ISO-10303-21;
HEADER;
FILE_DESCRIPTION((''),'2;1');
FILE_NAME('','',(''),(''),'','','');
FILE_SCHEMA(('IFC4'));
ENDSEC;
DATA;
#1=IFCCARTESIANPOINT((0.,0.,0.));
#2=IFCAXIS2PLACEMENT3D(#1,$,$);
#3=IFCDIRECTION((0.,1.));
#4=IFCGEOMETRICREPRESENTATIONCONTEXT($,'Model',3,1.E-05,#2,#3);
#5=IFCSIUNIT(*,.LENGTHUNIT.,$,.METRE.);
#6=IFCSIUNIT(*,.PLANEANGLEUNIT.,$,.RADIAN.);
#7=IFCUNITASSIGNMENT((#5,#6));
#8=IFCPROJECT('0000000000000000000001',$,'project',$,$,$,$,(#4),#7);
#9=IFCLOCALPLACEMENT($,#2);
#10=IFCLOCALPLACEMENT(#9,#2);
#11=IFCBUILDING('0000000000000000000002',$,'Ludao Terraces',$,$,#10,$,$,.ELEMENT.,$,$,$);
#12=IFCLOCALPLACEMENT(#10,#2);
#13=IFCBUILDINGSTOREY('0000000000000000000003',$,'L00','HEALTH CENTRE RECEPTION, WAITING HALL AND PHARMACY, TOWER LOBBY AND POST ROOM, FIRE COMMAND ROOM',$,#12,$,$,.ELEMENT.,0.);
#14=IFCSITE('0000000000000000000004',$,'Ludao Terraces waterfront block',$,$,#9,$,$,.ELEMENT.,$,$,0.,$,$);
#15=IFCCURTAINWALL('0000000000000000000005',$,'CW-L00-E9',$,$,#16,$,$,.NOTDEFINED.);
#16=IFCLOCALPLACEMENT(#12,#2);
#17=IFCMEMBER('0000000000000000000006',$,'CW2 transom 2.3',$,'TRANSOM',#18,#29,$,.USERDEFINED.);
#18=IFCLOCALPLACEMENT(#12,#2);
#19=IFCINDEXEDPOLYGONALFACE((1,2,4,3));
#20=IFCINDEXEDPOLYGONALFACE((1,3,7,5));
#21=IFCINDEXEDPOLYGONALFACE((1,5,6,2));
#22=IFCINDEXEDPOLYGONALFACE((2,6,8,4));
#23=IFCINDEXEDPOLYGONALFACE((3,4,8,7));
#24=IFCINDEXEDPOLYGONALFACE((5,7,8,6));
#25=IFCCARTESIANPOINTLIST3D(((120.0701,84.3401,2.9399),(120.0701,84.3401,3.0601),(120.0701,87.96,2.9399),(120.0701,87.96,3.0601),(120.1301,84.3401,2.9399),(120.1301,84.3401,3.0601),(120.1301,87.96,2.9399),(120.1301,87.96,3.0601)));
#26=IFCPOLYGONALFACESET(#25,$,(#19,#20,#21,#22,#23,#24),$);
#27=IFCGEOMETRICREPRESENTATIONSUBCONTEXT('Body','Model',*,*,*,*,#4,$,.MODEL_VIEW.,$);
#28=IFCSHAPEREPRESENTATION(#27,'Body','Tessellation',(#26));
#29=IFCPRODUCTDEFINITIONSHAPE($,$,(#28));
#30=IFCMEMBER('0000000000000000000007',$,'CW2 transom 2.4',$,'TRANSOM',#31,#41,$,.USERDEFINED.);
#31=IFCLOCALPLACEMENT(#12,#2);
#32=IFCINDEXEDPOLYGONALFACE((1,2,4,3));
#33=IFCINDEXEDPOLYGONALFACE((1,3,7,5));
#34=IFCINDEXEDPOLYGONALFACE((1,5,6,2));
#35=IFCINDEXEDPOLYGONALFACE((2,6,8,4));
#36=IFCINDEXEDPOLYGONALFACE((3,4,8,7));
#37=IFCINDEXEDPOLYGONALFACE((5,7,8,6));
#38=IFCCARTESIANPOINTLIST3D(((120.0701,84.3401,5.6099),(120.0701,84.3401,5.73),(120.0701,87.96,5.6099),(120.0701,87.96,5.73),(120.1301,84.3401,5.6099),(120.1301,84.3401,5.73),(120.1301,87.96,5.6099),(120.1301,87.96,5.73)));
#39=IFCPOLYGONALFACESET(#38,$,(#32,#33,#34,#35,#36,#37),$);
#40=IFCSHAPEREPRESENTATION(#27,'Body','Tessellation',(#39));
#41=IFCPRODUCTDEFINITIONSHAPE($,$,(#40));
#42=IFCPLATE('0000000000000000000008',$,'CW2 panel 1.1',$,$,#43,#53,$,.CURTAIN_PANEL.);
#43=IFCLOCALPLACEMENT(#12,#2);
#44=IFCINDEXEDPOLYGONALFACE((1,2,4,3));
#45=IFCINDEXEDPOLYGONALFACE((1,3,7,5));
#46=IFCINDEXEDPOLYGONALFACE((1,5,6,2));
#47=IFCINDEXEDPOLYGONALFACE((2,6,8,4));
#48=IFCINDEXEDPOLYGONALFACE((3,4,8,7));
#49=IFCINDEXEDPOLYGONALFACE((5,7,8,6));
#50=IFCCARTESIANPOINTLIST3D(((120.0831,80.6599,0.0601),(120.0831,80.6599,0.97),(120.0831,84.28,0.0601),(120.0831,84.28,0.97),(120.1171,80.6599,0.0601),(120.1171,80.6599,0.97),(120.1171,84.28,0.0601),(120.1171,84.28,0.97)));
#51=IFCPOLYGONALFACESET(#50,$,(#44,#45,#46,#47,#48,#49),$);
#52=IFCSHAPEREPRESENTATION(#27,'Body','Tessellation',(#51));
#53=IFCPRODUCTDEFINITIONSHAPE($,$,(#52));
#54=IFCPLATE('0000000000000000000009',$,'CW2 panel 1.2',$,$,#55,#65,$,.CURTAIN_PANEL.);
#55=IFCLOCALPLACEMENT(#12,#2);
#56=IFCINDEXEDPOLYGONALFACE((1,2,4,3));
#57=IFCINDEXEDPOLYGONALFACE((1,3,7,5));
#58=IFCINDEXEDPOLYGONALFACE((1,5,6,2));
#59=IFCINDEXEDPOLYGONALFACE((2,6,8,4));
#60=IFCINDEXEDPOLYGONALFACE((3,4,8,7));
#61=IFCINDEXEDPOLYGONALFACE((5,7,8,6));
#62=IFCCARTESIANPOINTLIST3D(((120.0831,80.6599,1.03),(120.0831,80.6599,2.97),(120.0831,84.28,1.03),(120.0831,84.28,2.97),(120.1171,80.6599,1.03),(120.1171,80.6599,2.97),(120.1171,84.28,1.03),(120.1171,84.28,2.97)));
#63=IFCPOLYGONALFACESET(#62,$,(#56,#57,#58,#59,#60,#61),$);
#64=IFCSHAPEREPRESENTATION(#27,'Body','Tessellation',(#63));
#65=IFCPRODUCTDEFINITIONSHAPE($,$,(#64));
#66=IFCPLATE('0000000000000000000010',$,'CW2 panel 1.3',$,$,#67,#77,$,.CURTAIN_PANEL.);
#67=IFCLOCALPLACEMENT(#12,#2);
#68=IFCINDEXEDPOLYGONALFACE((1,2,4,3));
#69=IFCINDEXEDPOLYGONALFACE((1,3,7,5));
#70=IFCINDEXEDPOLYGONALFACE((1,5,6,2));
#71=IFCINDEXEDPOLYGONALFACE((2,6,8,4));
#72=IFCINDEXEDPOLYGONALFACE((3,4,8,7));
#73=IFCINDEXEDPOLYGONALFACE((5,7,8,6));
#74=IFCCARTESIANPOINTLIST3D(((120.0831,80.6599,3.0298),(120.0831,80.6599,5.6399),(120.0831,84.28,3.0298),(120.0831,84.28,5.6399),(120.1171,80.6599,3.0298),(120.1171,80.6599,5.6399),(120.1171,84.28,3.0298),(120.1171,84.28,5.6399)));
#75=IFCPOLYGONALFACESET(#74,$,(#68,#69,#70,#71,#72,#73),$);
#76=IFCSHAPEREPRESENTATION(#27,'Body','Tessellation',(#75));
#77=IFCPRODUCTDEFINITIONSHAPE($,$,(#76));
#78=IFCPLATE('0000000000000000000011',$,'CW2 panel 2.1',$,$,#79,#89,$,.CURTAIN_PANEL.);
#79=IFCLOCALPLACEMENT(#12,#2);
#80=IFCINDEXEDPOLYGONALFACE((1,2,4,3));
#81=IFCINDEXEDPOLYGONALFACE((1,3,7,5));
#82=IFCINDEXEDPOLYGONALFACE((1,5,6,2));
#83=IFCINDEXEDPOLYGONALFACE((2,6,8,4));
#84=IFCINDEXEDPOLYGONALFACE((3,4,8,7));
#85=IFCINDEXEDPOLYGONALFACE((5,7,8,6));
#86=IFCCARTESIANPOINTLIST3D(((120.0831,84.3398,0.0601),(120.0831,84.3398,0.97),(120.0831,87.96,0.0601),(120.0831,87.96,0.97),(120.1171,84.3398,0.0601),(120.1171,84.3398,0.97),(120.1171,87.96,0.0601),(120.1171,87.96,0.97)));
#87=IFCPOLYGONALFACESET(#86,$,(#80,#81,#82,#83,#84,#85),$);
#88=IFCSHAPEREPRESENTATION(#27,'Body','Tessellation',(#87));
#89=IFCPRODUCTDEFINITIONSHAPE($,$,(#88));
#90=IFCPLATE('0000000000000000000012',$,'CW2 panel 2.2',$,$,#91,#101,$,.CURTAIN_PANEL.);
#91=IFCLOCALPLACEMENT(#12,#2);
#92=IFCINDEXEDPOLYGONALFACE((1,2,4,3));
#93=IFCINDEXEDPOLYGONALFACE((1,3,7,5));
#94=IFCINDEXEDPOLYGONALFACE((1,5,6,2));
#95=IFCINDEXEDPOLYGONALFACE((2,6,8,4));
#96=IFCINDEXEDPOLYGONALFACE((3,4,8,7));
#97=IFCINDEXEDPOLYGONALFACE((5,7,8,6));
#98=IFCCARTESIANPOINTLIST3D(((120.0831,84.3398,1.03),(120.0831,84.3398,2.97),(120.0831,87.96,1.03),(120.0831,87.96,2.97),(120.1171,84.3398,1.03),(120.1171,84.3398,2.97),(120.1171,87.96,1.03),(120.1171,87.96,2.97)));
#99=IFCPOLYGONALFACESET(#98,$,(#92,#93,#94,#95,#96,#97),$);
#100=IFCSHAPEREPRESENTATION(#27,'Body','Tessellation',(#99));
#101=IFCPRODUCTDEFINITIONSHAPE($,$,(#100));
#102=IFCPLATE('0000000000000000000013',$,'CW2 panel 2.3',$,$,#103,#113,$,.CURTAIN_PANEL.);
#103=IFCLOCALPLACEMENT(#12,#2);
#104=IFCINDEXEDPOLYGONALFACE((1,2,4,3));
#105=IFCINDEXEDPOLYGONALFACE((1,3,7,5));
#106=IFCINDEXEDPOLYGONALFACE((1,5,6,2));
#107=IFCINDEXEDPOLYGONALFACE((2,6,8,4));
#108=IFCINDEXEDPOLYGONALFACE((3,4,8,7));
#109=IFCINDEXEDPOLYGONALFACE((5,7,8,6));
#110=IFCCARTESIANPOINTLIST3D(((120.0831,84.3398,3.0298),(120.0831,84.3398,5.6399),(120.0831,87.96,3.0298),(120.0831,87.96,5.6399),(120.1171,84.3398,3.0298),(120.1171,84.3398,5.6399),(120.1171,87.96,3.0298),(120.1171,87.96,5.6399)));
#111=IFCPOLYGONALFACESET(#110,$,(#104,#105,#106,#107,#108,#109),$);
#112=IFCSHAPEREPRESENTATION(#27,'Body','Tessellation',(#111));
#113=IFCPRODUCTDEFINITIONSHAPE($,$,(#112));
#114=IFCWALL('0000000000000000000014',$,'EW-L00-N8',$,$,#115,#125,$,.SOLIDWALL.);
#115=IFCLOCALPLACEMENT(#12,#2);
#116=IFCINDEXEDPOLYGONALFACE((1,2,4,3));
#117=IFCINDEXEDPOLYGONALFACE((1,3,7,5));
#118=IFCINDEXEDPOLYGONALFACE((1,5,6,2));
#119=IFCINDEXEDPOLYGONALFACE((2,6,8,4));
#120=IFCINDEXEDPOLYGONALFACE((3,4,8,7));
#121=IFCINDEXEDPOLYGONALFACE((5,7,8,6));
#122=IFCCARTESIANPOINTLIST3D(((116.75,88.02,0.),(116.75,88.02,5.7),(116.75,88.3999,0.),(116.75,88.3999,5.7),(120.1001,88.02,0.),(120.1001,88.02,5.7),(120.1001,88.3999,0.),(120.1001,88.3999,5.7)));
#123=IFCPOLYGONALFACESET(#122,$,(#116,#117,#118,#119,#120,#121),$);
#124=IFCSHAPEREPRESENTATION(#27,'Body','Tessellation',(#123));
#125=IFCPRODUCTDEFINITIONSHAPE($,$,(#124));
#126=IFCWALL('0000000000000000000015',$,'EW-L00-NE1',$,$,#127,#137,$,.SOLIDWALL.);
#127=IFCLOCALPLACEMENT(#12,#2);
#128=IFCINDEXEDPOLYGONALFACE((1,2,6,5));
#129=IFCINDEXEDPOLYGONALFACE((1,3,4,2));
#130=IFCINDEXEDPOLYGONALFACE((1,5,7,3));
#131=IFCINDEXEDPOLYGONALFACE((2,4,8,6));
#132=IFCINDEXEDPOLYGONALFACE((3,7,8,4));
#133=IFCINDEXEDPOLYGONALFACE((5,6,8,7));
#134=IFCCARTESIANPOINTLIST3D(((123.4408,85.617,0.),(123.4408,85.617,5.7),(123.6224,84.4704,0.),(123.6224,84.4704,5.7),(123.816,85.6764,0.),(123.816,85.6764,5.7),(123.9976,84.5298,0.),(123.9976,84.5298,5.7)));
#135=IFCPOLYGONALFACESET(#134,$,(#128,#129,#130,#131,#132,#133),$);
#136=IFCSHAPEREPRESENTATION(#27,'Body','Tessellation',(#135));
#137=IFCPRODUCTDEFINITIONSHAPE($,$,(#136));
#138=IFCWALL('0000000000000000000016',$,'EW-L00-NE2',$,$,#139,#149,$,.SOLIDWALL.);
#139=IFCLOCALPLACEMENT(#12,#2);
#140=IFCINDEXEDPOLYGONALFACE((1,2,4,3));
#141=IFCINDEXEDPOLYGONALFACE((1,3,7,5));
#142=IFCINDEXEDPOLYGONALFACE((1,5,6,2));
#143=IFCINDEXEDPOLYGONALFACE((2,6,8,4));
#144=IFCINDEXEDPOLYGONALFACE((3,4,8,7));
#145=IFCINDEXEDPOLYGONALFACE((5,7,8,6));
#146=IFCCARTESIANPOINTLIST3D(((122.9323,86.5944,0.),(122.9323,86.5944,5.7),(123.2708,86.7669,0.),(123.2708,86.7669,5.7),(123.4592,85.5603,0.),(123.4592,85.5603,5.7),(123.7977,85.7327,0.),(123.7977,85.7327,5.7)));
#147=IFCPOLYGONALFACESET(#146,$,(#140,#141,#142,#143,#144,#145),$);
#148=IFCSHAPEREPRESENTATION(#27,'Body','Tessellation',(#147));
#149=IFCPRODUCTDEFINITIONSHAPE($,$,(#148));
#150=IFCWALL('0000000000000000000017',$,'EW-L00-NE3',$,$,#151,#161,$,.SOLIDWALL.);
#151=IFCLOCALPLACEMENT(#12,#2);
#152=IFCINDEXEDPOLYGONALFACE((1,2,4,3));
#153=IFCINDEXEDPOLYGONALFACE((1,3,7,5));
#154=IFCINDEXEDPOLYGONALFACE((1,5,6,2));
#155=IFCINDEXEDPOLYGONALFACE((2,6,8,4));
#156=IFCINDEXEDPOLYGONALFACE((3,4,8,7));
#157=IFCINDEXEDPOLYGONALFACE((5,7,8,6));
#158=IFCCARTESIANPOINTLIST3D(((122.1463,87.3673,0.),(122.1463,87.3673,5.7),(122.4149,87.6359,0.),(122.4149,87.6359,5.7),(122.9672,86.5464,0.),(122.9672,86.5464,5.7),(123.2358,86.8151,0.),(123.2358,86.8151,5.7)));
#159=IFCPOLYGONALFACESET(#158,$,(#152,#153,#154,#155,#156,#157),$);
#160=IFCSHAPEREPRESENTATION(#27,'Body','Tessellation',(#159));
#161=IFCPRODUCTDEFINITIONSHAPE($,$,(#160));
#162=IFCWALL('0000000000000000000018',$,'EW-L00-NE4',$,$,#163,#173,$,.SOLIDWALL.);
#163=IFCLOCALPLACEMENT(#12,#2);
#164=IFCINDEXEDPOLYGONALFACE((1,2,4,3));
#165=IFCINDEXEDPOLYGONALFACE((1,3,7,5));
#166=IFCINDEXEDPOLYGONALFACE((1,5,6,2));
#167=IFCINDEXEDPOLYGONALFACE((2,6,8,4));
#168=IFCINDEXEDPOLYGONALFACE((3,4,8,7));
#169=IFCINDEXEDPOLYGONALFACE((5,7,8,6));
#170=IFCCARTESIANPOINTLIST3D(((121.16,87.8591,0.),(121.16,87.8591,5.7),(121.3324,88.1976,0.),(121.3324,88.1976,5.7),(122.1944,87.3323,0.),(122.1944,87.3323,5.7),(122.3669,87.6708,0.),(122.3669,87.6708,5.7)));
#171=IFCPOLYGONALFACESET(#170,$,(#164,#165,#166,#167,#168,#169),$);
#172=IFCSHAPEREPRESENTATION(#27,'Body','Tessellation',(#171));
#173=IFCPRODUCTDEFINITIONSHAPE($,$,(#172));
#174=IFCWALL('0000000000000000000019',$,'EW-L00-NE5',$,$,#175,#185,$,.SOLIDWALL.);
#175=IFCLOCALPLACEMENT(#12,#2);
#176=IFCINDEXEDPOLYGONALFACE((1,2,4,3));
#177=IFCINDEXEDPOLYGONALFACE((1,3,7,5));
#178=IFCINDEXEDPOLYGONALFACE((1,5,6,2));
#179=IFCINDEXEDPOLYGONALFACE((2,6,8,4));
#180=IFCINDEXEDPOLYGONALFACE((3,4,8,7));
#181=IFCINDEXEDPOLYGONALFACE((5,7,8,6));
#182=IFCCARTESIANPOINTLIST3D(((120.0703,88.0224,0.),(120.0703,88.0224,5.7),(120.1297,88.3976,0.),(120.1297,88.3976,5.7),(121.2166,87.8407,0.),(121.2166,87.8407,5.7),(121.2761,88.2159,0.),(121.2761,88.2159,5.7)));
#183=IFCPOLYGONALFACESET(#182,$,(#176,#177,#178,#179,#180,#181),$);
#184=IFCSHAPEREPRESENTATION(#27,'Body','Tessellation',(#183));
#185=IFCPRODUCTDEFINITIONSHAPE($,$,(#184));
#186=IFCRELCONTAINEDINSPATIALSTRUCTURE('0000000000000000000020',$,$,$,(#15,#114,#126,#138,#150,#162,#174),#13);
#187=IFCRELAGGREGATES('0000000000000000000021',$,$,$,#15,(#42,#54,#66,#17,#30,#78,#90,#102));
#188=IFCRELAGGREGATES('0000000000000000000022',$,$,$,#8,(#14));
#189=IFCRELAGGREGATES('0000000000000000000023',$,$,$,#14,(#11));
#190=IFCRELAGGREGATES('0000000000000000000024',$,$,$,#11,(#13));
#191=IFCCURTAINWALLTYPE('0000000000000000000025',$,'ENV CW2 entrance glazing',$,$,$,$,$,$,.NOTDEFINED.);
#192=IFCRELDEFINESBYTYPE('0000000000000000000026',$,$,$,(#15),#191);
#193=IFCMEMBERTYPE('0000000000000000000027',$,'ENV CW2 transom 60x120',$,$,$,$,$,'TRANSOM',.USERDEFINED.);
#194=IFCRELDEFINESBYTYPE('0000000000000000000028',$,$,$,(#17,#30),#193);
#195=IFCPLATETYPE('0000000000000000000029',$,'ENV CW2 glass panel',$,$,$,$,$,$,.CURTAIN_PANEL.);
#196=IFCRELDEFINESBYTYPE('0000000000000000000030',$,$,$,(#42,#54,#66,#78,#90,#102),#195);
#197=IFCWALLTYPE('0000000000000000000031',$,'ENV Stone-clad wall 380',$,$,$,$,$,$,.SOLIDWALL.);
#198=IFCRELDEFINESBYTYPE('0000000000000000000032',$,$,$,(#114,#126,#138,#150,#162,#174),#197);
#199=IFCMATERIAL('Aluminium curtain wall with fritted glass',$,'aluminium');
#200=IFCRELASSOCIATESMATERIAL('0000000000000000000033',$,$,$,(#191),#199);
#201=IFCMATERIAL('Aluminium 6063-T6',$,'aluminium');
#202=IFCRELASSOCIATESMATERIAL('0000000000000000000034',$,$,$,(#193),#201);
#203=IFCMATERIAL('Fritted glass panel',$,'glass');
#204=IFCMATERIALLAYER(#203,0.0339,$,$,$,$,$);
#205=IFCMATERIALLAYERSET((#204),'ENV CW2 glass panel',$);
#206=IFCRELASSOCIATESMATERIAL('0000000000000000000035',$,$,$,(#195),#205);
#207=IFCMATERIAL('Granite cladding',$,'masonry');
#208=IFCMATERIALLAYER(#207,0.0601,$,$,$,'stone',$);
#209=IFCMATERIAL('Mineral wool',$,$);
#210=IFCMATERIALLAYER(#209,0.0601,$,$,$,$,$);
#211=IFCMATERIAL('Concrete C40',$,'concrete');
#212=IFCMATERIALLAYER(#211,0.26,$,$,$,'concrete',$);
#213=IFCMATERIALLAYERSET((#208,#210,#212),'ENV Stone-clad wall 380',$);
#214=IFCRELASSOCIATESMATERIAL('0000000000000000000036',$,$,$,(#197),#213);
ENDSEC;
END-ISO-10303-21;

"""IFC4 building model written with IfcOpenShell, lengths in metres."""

from ifc_helpers import new_model, si_unit, direction, frame, frame_2d, origin, origin_2d, place, context, subcontext, project, spatial, rectangle, extrude, material, layer, layer_set, material_profile, profile_set, type_object, element, aggregate, save


model = new_model("IFC4")

# Units and contexts
model_context = context("Model", 3, precision=1e-05, world=origin(), true_north=direction((0.0, 1.0)))
body_context = subcontext(model_context, "Body", "Model", "MODEL_VIEW")
ifc_project = project(units=[si_unit("LENGTHUNIT", "METRE"), si_unit("PLANEANGLEUNIT", "RADIAN")], contexts=[model_context])

# Site, building, storey
site_placement = place(None, origin())
site = spatial("IfcSite", under=ifc_project, at=site_placement, Name="Ludao Terraces waterfront block", CompositionType="ELEMENT", RefElevation=0.0)
building_placement = place(site_placement, origin())
building = spatial("IfcBuilding", under=site, at=building_placement, Name="Ludao Terraces", CompositionType="ELEMENT")
storey_placement = place(building_placement, origin())
storey = spatial("IfcBuildingStorey", under=building, at=storey_placement, Name="L00", Description="HEALTH CENTRE RECEPTION, WAITING HALL AND PHARMACY, TOWER LOBBY AND POST ROOM, FIRE COMMAND ROOM", CompositionType="ELEMENT", Elevation=0.0)

# Curtain wall, members, plates
ifc_material_1 = material(Name="Aluminium curtain wall with fritted glass", Category="aluminium")
curtain_wall_type = type_object("IfcCurtainWallType", Name="ENV CW2 entrance glazing", PredefinedType="NOTDEFINED", material=ifc_material_1)
curtain_wall_placement = place(storey_placement, origin())
curtain_wall = element("IfcCurtainWall", 1, at=curtain_wall_placement, inside=storey, type_object=curtain_wall_type, Name="CW-L00-E9", PredefinedType="NOTDEFINED")
ifc_material_2 = material(Name="Aluminium 6063-T6", Category="aluminium")
ifc_material_profile_1 = material_profile(ifc_material_2, rectangle(XDim=0.0601, YDim=0.1201, at=origin_2d()), Name="60 X 120")
ifc_profile_set_1 = profile_set([ifc_material_profile_1], Name="Aluminium 6063-T6")
member_type_1 = type_object("IfcMemberType", Name="ENV CW2 transom 60x120", ElementType="TRANSOM", PredefinedType="USERDEFINED", material=ifc_profile_set_1)
member_1_placement = place(storey_placement, frame((120.1001, 84.3401, 3.0), z_axis=(0.0, 1.0, 0.0), x_axis=(-1.0, 0.0, 0.0)))
member_1 = element("IfcMember", 2, at=member_1_placement, type_object=member_type_1, Name="CW2 transom 2.3", ObjectType="TRANSOM", PredefinedType="USERDEFINED", context=body_context, shape_type="SweptSolid", body=[
    extrude(rectangle(XDim=0.0601, YDim=0.1201, at=origin_2d()), origin(), (0.0, 0.0, 1.0), 3.6199),
])
member_2_placement = place(storey_placement, frame((120.1001, 84.3401, 5.6699), z_axis=(0.0, 1.0, 0.0), x_axis=(-1.0, 0.0, 0.0)))
member_2 = element("IfcMember", 3, at=member_2_placement, type_object=member_type_1, Name="CW2 transom 2.4", ObjectType="TRANSOM", PredefinedType="USERDEFINED", context=body_context, shape_type="SweptSolid", body=[
    extrude(rectangle(XDim=0.0601, YDim=0.1201, at=origin_2d()), origin(), (0.0, 0.0, 1.0), 3.6199),
])
ifc_material_3 = material(Name="Fritted glass panel", Category="glass")
ifc_layer_1 = layer(ifc_material_3, 0.0339)
ifc_layer_set_1 = layer_set([ifc_layer_1], Name="ENV CW2 glass panel")
plate_type = type_object("IfcPlateType", Name="ENV CW2 glass panel", PredefinedType="CURTAIN_PANEL", material=ifc_layer_set_1)
plate_1_placement = place(storey_placement, frame((120.1001, 82.47, 0.0601), z_axis=(0.0, 0.0, 1.0), x_axis=(0.0, 1.0, 0.0)))
plate_1 = element("IfcPlate", 4, at=plate_1_placement, type_object=plate_type, Name="CW2 panel 1.1", PredefinedType="CURTAIN_PANEL", context=body_context, shape_type="SweptSolid", body=[
    extrude(rectangle(XDim=3.6201, YDim=0.0339, at=origin_2d()), origin(), (0.0, 0.0, 1.0), 0.9099),
])
plate_2_placement = place(storey_placement, frame((120.1001, 82.47, 1.03), z_axis=(0.0, 0.0, 1.0), x_axis=(0.0, 1.0, 0.0)))
plate_2 = element("IfcPlate", 5, at=plate_2_placement, type_object=plate_type, Name="CW2 panel 1.2", PredefinedType="CURTAIN_PANEL", context=body_context, shape_type="SweptSolid", body=[
    extrude(rectangle(XDim=3.6201, YDim=0.0339, at=origin_2d()), origin(), (0.0, 0.0, 1.0), 1.9399),
])
plate_3_placement = place(storey_placement, frame((120.1001, 82.47, 3.0298), z_axis=(0.0, 0.0, 1.0), x_axis=(0.0, 1.0, 0.0)))
plate_3 = element("IfcPlate", 6, at=plate_3_placement, type_object=plate_type, Name="CW2 panel 1.3", PredefinedType="CURTAIN_PANEL", context=body_context, shape_type="SweptSolid", body=[
    extrude(rectangle(XDim=3.6201, YDim=0.0339, at=origin_2d()), origin(), (0.0, 0.0, 1.0), 2.6101),
])
plate_4_placement = place(storey_placement, frame((120.1001, 86.1499, 0.0601), z_axis=(0.0, 0.0, 1.0), x_axis=(0.0, 1.0, 0.0)))
plate_4 = element("IfcPlate", 7, at=plate_4_placement, type_object=plate_type, Name="CW2 panel 2.1", PredefinedType="CURTAIN_PANEL", context=body_context, shape_type="SweptSolid", body=[
    extrude(rectangle(XDim=3.6201, YDim=0.0339, at=origin_2d()), origin(), (0.0, 0.0, 1.0), 0.9099),
])
plate_5_placement = place(storey_placement, frame((120.1001, 86.1499, 1.03), z_axis=(0.0, 0.0, 1.0), x_axis=(0.0, 1.0, 0.0)))
plate_5 = element("IfcPlate", 8, at=plate_5_placement, type_object=plate_type, Name="CW2 panel 2.2", PredefinedType="CURTAIN_PANEL", context=body_context, shape_type="SweptSolid", body=[
    extrude(rectangle(XDim=3.6201, YDim=0.0339, at=origin_2d()), origin(), (0.0, 0.0, 1.0), 1.9399),
])
plate_6_placement = place(storey_placement, frame((120.1001, 86.1499, 3.0298), z_axis=(0.0, 0.0, 1.0), x_axis=(0.0, 1.0, 0.0)))
plate_6 = element("IfcPlate", 9, at=plate_6_placement, type_object=plate_type, Name="CW2 panel 2.3", PredefinedType="CURTAIN_PANEL", context=body_context, shape_type="SweptSolid", body=[
    extrude(rectangle(XDim=3.6201, YDim=0.0339, at=origin_2d()), origin(), (0.0, 0.0, 1.0), 2.6101),
])
aggregate(curtain_wall, [plate_1, plate_2, plate_3, member_1, member_2, plate_4, plate_5, plate_6])

# Walls
ifc_material_4 = material(Name="Granite cladding", Category="masonry")
ifc_layer_2 = layer(ifc_material_4, 0.0601, Category="stone")
ifc_material_5 = material(Name="Mineral wool")
ifc_layer_3 = layer(ifc_material_5, 0.0601)
ifc_material_6 = material(Name="Concrete C40", Category="concrete")
ifc_layer_4 = layer(ifc_material_6, 0.26, Category="concrete")
ifc_layer_set_2 = layer_set([ifc_layer_2, ifc_layer_3, ifc_layer_4], Name="ENV Stone-clad wall 380")
wall_type_1 = type_object("IfcWallType", Name="ENV Stone-clad wall 380", PredefinedType="SOLIDWALL", material=ifc_layer_set_2)
wall_1_placement = place(storey_placement, frame((116.75, 88.21, 0.0), z_axis=(0.0, 0.0, 1.0), x_axis=(1.0, 0.0, 0.0)))
element("IfcWall", 10, at=wall_1_placement, inside=storey, type_object=wall_type_1, Name="EW-L00-N8", PredefinedType="SOLIDWALL", context=body_context, shape_type="SweptSolid", body=[
    extrude(rectangle(XDim=3.3501, YDim=0.3799, at=frame_2d((1.675, 0.0))), origin(), (0.0, 0.0, 1.0), 5.7),
])
wall_2_placement = place(storey_placement, frame((123.8101, 84.5, 0.0), z_axis=(0.0, 0.0, 1.0), x_axis=(-0.156481, 0.987681, 0.0)))
element("IfcWall", 11, at=wall_2_placement, inside=storey, type_object=wall_type_1, Name="EW-L00-NE1", PredefinedType="SOLIDWALL", context=body_context, shape_type="SweptSolid", body=[
    extrude(rectangle(XDim=1.1609, YDim=0.3799, at=frame_2d((0.5806, 0.0))), origin(), (0.0, 0.0, 1.0), 5.7),
])
wall_3_placement = place(storey_placement, frame((123.6284, 85.6465, 0.0), z_axis=(0.0, 0.0, 1.0), x_axis=(-0.453932, 0.891036, 0.0)))
element("IfcWall", 12, at=wall_3_placement, inside=storey, type_object=wall_type_1, Name="EW-L00-NE2", PredefinedType="SOLIDWALL", context=body_context, shape_type="SweptSolid", body=[
    extrude(rectangle(XDim=1.1606, YDim=0.3799, at=frame_2d((0.5803, 0.0))), origin(), (0.0, 0.0, 1.0), 5.7),
])
for number, where, z_axis, x_axis, name in (
    (13, (123.1016, 86.6807, 0.0), (0.0, 0.0, 1.0), (-0.707107, 0.707107, 0.0), "EW-L00-NE3"),
    (14, (122.2808, 87.5015, 0.0), (0.0, 0.0, 1.0), (-0.89108, 0.453847, 0.0), "EW-L00-NE4"),
):
    element("IfcWall", number, at=place(storey_placement, frame(where, z_axis=z_axis, x_axis=x_axis)), inside=storey, type_object=wall_type_1, Name=name, PredefinedType="SOLIDWALL", context=body_context, shape_type="SweptSolid", body=[
        extrude(rectangle(XDim=1.1609, YDim=0.3799, at=frame_2d((0.5806, 0.0))), origin(), (0.0, 0.0, 1.0), 5.7),
    ])
wall_4_placement = place(storey_placement, frame((121.2463, 88.0283, 0.0), z_axis=(0.0, 0.0, 1.0), x_axis=(-0.987676, 0.156513, 0.0)))
element("IfcWall", 15, at=wall_4_placement, inside=storey, type_object=wall_type_1, Name="EW-L00-NE5", PredefinedType="SOLIDWALL", context=body_context, shape_type="SweptSolid", body=[
    extrude(rectangle(XDim=1.1606, YDim=0.3799, at=frame_2d((0.5803, 0.0))), origin(), (0.0, 0.0, 1.0), 5.7),
])

save(model, "model.ifc")
